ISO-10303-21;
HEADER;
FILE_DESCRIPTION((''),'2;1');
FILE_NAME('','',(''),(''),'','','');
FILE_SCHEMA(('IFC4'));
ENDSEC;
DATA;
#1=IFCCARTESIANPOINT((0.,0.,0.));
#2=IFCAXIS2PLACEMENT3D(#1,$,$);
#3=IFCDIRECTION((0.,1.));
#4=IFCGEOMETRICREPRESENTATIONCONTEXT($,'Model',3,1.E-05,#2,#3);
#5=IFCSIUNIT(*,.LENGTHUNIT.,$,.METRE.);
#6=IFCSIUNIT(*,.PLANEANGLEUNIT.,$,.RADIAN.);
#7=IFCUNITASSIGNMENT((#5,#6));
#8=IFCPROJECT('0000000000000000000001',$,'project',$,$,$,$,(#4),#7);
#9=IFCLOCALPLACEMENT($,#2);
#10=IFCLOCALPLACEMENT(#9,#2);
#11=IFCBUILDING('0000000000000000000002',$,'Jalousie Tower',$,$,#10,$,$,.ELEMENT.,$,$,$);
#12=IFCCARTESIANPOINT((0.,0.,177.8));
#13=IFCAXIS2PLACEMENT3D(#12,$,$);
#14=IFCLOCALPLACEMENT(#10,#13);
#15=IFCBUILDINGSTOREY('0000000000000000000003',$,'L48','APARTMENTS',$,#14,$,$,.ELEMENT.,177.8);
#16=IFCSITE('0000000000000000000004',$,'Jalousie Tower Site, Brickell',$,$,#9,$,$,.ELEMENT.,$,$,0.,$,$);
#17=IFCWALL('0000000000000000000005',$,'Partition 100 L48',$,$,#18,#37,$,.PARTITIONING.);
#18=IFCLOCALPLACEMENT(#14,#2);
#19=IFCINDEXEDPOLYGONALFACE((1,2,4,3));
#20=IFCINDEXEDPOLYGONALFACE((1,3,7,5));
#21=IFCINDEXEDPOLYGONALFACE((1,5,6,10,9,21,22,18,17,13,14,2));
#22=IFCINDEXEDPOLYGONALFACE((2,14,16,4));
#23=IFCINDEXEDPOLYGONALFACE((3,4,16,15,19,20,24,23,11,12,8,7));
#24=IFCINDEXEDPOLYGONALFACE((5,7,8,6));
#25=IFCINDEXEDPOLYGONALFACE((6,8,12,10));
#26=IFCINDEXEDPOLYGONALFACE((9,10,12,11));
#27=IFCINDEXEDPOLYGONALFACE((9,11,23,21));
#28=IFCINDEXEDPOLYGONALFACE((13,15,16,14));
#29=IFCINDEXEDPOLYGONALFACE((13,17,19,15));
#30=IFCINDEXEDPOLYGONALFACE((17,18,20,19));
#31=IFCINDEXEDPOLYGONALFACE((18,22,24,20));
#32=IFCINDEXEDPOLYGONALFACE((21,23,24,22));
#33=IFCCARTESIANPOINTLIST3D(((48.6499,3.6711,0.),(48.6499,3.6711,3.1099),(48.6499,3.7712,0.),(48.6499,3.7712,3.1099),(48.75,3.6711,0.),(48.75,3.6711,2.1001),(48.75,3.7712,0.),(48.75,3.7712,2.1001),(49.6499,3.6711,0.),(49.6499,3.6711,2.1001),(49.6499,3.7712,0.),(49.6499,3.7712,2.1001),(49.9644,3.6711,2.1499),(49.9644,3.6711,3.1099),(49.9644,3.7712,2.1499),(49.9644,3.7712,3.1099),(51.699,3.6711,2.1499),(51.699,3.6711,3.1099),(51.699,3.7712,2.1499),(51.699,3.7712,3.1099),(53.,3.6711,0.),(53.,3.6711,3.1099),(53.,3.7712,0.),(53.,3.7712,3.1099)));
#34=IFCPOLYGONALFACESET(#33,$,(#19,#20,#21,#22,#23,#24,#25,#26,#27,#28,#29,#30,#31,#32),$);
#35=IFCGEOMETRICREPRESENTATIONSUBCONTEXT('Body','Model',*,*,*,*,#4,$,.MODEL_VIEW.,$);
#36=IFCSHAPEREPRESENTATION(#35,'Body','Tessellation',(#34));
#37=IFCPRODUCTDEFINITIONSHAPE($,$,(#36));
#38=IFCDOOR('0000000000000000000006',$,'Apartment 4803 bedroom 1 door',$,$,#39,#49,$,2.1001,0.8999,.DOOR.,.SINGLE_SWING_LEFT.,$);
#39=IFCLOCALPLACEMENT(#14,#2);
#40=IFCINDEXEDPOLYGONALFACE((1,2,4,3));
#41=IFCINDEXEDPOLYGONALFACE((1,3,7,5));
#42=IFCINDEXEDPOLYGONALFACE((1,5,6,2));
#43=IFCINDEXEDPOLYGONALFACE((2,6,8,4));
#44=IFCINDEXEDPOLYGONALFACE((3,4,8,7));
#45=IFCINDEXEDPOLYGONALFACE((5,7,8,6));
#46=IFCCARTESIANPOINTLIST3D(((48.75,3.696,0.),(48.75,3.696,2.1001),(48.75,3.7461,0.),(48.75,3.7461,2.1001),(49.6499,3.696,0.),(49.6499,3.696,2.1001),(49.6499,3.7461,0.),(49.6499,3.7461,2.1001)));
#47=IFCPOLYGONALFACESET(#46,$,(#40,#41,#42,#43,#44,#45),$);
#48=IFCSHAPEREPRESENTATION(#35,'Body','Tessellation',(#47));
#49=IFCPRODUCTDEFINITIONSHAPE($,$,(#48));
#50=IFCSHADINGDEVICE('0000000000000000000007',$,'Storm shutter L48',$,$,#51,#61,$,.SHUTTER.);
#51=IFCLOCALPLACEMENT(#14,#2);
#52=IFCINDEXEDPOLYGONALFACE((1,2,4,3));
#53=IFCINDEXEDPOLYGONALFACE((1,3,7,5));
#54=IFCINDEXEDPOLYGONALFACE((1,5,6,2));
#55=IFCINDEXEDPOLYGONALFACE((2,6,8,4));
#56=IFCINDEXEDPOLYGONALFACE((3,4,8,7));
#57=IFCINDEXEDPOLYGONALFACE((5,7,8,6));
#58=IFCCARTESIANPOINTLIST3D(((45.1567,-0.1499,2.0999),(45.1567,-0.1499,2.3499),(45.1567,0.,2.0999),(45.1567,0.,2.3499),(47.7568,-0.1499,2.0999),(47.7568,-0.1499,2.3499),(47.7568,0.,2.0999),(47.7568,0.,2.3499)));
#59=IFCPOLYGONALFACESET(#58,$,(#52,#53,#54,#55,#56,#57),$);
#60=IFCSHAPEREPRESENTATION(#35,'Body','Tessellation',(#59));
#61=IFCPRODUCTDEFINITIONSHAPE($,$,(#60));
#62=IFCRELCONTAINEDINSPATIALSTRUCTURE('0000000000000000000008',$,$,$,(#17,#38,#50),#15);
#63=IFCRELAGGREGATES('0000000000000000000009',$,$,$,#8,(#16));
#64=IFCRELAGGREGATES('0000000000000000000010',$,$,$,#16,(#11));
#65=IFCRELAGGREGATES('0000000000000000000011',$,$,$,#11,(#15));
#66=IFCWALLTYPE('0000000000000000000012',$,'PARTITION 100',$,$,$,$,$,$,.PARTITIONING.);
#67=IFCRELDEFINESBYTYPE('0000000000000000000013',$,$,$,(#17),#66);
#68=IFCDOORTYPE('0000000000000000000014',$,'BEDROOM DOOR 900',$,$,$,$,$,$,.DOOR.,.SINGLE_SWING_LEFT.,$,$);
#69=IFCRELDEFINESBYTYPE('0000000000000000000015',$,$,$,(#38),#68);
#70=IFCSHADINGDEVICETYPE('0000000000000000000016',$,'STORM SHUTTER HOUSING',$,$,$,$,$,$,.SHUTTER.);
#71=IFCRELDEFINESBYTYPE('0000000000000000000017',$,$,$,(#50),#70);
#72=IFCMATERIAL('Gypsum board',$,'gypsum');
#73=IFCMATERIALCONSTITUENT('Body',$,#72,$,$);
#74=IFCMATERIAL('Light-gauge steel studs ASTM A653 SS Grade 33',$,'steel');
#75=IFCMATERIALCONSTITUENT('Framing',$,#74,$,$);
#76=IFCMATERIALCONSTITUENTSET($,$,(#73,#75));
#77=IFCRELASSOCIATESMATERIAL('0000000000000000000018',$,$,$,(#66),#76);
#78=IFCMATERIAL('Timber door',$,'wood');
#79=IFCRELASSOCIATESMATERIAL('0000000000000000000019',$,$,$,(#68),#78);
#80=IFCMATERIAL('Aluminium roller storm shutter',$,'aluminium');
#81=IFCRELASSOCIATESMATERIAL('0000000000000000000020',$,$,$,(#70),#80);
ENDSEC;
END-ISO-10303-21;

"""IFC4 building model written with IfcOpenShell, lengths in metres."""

from ifc_helpers import new_model, si_unit, direction, frame, frame_2d, origin, origin_2d, place, context, subcontext, project, spatial, polyline, rectangle, outline, extrude, material, constituent, constituent_set, type_object, element, fill, save


model = new_model("IFC4")

# Units and contexts
model_context = context("Model", 3, precision=1e-05, world=origin(), true_north=direction((0.0, 1.0)))
body_context = subcontext(model_context, "Body", "Model", "MODEL_VIEW")
ifc_project = project(units=[si_unit("LENGTHUNIT", "METRE"), si_unit("PLANEANGLEUNIT", "RADIAN")], contexts=[model_context])

# Site, building, storey
site_placement = place(None, origin())
site = spatial("IfcSite", under=ifc_project, at=site_placement, Name="Jalousie Tower Site, Brickell", CompositionType="ELEMENT", RefElevation=0.0)
building_placement = place(site_placement, origin())
building = spatial("IfcBuilding", under=site, at=building_placement, Name="Jalousie Tower", CompositionType="ELEMENT")
storey_placement = place(building_placement, frame((0.0, 0.0, 177.8)))
storey = spatial("IfcBuildingStorey", under=building, at=storey_placement, Name="L48", Description="APARTMENTS", CompositionType="ELEMENT", Elevation=177.8)

# Wall, opening, door
ifc_material_1 = material(Name="Gypsum board", Category="gypsum")
ifc_constituent_1 = constituent(ifc_material_1, Name="Body")
ifc_material_2 = material(Name="Light-gauge steel studs ASTM A653 SS Grade 33", Category="steel")
ifc_constituent_2 = constituent(ifc_material_2, Name="Framing")
ifc_constituent_set_1 = constituent_set(constituents=[ifc_constituent_1, ifc_constituent_2])
wall_type_1 = type_object("IfcWallType", Name="PARTITION 100", PredefinedType="PARTITIONING", material=ifc_constituent_set_1)
wall_1_placement = place(storey_placement, frame((48.6499, 3.7212, 0.0), z_axis=(0.0, 0.0, 1.0), x_axis=(1.0, 0.0, 0.0)))
wall_1 = element("IfcWall", 1, at=wall_1_placement, inside=storey, type_object=wall_type_1, Name="Partition 100 L48", PredefinedType="PARTITIONING", context=body_context, shape_type="SweptSolid", body=[
    extrude(outline(polyline([(0.0, 0.0), (4.3501, 0.0), (4.3501, 3.1099), (3.0491, 3.1099), (3.0491, 2.1499), (1.3145, 2.1499), (1.3145, 3.1099), (0.0, 3.1099), (0.0, 0.0)])), frame((0.0, 0.05, 0.0), z_axis=(0.0, -1.0, 0.0), x_axis=(1.0, 0.0, 0.0)), (0.0, 0.0, 1.0), 0.1001),
])
opening_1_placement = place(wall_1_placement, frame((0.1001, 0.0, 0.0)))
opening_1 = element("IfcOpeningElement", 2, at=opening_1_placement, cuts=wall_1, PredefinedType="OPENING", context=body_context, shape_type="SweptSolid", body=[
    extrude(rectangle(XDim=0.8999, YDim=2.1001, at=frame_2d((0.45, 1.05))), frame((0.0, 0.0601, 0.0), z_axis=(0.0, -1.0, 0.0), x_axis=(1.0, 0.0, 0.0)), (0.0, 0.0, 1.0), 0.1201),
])
ifc_material_3 = material(Name="Timber door", Category="wood")
door_type_1 = type_object("IfcDoorType", Name="BEDROOM DOOR 900", OperationType="SINGLE_SWING_LEFT", PredefinedType="DOOR", material=ifc_material_3)
door_1_placement = place(opening_1_placement, origin())
door_1 = element("IfcDoor", 3, at=door_1_placement, inside=storey, type_object=door_type_1, Name="Apartment 4803 bedroom 1 door", OperationType="SINGLE_SWING_LEFT", OverallHeight=2.1001, OverallWidth=0.8999, PredefinedType="DOOR", context=body_context, shape_type="SweptSolid", body=[
    extrude(rectangle(XDim=0.8999, YDim=2.1001, at=frame_2d((0.45, 1.05))), frame((0.0, 0.0249, 0.0), z_axis=(0.0, -1.0, 0.0), x_axis=(1.0, 0.0, 0.0)), (0.0, 0.0, 1.0), 0.05),
])
fill(opening_1, door_1)

# Shading device
ifc_material_4 = material(Name="Aluminium roller storm shutter", Category="aluminium")
shading_device_type = type_object("IfcShadingDeviceType", Name="STORM SHUTTER HOUSING", PredefinedType="SHUTTER", material=ifc_material_4)
shading_device_placement = place(storey_placement, frame((46.4568, -0.075, 2.0999), z_axis=(0.0, 0.0, 1.0), x_axis=(1.0, 0.0, 0.0)))
element("IfcShadingDevice", 4, at=shading_device_placement, inside=storey, type_object=shading_device_type, Name="Storm shutter L48", PredefinedType="SHUTTER", context=body_context, shape_type="SweptSolid", body=[
    extrude(rectangle(XDim=2.6001, YDim=0.1499, at=origin_2d()), origin(), (0.0, 0.0, 1.0), 0.25),
])

save(model, "model.ifc")
